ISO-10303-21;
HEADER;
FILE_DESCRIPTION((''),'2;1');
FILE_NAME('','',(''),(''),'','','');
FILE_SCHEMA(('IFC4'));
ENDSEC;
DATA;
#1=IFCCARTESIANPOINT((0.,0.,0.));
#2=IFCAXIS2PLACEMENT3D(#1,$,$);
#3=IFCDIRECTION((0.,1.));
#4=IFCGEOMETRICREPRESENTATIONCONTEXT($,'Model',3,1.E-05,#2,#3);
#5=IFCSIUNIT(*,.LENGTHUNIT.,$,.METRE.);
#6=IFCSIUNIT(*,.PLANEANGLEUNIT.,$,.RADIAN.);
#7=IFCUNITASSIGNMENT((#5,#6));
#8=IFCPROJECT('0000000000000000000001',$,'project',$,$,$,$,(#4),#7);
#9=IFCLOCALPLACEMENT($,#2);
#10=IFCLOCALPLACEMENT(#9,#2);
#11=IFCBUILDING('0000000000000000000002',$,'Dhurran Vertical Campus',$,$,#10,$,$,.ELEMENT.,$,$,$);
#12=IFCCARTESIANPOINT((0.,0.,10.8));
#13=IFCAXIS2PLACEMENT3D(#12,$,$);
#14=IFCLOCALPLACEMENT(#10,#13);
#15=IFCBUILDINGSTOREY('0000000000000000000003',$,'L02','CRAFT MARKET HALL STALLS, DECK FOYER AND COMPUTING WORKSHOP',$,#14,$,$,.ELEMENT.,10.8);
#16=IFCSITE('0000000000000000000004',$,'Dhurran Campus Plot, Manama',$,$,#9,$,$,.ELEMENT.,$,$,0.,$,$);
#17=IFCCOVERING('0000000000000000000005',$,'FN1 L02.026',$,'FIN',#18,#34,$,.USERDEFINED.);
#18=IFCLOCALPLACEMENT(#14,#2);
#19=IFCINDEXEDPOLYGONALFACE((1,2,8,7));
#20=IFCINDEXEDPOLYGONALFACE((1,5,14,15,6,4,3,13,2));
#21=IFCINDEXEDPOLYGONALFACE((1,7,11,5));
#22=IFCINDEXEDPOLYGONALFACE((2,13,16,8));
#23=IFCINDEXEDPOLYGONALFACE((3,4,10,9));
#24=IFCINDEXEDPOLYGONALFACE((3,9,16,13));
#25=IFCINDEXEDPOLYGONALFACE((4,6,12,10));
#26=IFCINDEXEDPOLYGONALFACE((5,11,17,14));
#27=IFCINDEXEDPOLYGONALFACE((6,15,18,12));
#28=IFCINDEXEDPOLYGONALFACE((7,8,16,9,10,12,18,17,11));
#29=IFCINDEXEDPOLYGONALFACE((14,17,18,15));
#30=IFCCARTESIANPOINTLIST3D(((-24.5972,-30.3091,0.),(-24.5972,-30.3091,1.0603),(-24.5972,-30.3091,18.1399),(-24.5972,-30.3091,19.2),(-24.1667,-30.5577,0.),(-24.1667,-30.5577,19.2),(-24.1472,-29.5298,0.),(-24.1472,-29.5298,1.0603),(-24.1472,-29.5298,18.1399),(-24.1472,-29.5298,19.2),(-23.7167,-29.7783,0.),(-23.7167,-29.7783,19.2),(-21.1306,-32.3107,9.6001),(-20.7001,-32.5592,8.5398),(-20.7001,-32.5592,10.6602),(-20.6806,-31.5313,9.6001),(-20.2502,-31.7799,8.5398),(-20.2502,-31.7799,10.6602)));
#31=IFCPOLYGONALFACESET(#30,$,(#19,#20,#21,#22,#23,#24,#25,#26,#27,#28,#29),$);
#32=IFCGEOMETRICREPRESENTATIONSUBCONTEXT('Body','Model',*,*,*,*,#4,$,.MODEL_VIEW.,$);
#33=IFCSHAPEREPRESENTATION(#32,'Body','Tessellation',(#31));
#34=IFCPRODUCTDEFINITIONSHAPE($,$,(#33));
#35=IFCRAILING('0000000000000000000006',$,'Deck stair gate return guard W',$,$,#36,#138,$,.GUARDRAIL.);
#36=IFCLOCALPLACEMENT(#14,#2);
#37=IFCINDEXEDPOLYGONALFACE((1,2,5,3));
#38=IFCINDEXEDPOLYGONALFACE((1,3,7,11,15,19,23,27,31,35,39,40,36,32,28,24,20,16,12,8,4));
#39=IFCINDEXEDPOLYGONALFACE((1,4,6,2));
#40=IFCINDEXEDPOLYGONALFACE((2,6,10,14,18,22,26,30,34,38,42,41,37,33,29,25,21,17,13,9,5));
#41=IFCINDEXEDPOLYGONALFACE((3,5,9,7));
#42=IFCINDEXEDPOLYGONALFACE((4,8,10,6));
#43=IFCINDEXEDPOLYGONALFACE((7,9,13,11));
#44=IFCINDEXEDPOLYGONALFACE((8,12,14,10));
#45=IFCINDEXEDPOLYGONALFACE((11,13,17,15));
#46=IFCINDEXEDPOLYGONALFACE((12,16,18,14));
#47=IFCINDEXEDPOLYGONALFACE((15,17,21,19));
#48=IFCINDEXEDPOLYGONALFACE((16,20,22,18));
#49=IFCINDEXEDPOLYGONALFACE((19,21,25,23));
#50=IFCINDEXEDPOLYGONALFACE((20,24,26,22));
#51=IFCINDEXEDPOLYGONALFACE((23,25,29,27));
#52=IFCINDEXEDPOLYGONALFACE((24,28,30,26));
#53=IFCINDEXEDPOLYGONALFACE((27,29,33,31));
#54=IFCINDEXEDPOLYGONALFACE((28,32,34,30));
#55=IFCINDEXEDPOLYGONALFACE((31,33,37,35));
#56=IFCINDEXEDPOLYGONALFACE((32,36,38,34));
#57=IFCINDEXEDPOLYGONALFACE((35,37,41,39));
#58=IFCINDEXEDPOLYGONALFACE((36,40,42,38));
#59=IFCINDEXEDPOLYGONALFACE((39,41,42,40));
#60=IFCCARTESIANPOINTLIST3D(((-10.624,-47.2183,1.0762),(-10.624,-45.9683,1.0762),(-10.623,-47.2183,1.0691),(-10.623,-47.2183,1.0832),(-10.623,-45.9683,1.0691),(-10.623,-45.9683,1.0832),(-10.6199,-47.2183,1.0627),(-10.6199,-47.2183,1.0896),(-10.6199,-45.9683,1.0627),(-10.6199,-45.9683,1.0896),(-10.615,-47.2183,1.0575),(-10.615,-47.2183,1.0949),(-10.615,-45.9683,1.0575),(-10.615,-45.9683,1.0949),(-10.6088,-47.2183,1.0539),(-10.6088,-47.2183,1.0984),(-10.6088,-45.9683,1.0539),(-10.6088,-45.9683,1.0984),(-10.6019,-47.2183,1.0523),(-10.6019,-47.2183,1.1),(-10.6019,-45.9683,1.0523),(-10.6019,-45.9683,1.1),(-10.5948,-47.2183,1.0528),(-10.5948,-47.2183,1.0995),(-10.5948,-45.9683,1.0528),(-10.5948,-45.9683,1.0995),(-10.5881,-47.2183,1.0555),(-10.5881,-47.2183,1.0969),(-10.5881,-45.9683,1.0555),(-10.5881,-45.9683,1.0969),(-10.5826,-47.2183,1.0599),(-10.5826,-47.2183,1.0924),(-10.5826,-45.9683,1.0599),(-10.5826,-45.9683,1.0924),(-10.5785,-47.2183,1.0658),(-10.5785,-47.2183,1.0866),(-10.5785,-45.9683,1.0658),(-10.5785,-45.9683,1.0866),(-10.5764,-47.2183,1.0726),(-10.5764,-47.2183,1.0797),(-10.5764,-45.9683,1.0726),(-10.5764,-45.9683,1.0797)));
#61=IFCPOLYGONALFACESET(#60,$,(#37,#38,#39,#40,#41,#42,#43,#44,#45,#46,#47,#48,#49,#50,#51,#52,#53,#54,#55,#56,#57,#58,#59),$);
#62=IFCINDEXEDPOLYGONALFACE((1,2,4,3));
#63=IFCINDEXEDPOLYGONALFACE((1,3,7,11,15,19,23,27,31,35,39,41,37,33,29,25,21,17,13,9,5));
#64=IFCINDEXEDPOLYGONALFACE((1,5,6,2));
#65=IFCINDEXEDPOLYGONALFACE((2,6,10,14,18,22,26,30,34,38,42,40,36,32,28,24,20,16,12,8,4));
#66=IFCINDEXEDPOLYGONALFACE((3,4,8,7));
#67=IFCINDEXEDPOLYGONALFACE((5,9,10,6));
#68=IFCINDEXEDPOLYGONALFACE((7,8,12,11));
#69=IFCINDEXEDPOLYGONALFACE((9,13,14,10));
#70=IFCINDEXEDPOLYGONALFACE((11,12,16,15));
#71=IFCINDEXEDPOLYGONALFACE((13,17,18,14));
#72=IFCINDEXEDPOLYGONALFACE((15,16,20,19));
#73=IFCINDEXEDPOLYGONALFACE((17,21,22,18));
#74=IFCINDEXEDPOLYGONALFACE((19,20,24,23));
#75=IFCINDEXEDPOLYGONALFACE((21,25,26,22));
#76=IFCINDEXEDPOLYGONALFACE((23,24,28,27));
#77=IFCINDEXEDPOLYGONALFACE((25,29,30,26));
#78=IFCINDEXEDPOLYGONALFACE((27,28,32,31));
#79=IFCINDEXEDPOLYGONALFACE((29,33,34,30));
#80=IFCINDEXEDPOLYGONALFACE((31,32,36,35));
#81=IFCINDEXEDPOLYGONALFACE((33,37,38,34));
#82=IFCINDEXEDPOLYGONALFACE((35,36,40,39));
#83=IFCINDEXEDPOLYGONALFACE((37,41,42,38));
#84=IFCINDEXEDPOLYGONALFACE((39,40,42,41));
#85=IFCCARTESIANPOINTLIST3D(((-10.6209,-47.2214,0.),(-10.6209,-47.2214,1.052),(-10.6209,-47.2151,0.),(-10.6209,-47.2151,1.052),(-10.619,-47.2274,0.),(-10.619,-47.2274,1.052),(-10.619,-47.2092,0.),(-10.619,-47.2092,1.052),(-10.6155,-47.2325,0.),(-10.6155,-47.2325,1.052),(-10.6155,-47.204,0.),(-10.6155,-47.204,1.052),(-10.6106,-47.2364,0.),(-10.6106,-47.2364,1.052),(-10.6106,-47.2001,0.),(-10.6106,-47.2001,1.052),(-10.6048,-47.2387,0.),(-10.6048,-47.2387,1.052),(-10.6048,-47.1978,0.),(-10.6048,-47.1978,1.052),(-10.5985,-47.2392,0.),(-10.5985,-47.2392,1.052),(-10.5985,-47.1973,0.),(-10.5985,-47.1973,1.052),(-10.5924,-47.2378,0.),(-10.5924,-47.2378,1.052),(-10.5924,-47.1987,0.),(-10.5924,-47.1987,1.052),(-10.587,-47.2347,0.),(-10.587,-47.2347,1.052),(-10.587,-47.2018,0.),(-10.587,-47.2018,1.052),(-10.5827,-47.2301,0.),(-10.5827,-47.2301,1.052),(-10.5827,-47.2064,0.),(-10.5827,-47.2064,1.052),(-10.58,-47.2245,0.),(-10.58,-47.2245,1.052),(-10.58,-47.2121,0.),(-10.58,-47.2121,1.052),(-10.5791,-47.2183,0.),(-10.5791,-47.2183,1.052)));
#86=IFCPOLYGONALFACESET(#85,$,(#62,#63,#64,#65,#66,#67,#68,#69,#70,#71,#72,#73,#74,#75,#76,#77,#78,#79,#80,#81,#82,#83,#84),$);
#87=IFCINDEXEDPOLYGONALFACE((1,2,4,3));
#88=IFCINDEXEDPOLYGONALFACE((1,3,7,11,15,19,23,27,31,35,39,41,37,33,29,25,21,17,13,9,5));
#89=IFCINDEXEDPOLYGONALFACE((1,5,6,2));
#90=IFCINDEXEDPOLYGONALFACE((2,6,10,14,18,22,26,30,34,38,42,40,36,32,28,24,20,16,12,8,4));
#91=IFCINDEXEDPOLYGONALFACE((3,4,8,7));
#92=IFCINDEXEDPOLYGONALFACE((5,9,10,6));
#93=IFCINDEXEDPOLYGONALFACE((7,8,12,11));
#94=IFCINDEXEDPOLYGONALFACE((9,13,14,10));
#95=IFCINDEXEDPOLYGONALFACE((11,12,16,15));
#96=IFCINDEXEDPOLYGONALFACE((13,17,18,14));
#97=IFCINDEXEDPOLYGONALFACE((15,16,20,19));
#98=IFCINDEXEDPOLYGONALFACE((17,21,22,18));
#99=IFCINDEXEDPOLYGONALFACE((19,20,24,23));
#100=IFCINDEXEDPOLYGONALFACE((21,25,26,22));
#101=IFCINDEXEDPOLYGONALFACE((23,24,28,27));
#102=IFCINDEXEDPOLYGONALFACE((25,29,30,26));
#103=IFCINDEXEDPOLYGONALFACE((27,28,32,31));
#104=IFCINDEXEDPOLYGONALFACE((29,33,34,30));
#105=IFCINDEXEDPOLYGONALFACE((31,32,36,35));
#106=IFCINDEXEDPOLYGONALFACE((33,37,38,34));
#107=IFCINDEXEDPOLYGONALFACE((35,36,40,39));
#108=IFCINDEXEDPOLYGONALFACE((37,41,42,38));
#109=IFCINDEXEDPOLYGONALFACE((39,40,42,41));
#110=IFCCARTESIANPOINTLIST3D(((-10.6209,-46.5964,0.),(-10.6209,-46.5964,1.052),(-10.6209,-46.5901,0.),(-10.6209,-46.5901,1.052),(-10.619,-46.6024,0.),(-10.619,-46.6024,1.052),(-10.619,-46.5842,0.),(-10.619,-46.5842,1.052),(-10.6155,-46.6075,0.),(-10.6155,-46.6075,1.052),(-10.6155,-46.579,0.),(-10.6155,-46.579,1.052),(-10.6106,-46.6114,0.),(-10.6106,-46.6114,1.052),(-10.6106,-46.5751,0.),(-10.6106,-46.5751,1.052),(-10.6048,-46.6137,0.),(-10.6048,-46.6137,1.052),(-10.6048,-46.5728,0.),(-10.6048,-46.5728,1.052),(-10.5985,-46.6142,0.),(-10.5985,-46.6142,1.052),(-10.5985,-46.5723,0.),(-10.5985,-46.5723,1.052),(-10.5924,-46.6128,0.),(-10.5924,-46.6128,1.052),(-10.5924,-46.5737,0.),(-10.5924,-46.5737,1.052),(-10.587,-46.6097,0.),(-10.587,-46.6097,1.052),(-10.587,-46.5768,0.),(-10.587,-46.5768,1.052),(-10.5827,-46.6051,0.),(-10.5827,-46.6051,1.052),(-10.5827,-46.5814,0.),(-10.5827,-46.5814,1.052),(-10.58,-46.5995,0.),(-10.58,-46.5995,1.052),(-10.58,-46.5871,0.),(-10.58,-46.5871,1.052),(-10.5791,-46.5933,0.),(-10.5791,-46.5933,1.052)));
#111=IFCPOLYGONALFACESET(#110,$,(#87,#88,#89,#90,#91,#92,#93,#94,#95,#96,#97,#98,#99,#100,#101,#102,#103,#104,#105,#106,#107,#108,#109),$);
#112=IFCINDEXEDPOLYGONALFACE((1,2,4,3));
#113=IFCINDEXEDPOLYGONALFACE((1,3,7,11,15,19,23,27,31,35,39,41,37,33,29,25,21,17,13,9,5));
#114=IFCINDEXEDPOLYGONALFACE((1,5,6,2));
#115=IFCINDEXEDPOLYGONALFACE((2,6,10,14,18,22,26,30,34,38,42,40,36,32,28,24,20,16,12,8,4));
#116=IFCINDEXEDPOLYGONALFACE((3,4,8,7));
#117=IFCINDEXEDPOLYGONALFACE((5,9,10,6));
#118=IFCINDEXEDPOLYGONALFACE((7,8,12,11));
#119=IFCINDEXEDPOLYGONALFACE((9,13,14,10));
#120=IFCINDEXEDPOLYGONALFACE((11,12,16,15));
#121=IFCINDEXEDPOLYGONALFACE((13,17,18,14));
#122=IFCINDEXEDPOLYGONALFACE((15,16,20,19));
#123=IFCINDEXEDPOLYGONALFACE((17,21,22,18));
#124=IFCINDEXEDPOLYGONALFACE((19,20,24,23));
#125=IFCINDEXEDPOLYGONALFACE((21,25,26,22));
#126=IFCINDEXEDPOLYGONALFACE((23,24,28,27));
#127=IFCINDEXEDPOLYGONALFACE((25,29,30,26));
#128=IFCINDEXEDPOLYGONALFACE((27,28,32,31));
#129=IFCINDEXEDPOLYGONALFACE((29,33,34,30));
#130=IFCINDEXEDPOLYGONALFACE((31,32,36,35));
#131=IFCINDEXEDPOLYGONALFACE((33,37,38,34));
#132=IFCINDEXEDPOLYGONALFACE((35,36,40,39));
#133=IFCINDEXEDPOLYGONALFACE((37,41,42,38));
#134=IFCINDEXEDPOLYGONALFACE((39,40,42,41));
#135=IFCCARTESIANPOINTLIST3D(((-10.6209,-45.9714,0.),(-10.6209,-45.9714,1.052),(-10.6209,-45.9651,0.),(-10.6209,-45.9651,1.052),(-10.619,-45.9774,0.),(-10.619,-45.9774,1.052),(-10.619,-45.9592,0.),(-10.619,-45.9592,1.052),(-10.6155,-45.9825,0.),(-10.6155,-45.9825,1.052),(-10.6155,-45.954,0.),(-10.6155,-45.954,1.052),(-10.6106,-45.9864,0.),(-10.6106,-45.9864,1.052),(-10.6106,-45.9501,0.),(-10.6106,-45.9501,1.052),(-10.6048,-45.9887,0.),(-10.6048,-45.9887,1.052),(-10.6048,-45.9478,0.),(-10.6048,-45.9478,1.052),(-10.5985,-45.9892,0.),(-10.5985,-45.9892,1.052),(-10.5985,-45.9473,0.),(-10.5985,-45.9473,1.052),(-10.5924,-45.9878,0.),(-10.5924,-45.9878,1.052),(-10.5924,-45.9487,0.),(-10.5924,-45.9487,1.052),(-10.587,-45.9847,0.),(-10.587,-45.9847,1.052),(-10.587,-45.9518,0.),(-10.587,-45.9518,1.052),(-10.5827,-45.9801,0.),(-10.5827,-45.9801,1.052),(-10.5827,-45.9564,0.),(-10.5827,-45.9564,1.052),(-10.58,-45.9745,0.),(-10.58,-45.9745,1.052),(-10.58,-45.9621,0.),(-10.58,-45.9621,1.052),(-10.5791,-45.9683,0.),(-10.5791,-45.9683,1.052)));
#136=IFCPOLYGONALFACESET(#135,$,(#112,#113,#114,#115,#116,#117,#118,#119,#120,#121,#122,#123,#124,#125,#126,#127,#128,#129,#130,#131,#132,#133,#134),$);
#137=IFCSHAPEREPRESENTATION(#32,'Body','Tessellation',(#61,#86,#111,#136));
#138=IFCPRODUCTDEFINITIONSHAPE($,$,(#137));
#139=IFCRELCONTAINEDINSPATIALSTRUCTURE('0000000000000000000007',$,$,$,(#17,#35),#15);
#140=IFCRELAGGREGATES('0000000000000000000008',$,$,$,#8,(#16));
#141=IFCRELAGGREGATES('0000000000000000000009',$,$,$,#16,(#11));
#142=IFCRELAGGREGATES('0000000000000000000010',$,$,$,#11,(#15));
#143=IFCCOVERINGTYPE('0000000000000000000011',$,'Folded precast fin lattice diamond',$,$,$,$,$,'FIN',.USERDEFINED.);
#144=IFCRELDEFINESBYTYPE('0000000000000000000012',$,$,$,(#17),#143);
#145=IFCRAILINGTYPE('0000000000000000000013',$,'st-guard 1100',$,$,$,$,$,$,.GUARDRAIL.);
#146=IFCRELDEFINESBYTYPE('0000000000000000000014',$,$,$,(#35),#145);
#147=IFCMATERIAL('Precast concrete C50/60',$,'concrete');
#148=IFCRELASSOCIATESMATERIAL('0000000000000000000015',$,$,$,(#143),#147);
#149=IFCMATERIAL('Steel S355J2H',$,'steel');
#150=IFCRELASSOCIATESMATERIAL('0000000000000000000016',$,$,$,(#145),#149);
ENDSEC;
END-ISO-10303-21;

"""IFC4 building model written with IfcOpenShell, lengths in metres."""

from ifc_helpers import new_model, si_unit, direction, frame, origin, origin_2d, place, context, subcontext, project, spatial, polyline, circle, outline, extrude, material, type_object, element, save


model = new_model("IFC4")

# Units and contexts
model_context = context("Model", 3, precision=1e-05, world=origin(), true_north=direction((0.0, 1.0)))
body_context = subcontext(model_context, "Body", "Model", "MODEL_VIEW")
ifc_project = project(units=[si_unit("LENGTHUNIT", "METRE"), si_unit("PLANEANGLEUNIT", "RADIAN")], contexts=[model_context])

# Site, building, storey
site_placement = place(None, origin())
site = spatial("IfcSite", under=ifc_project, at=site_placement, Name="Dhurran Campus Plot, Manama", CompositionType="ELEMENT", RefElevation=0.0)
building_placement = place(site_placement, origin())
building = spatial("IfcBuilding", under=site, at=building_placement, Name="Dhurran Vertical Campus", CompositionType="ELEMENT")
storey_placement = place(building_placement, frame((0.0, 0.0, 10.8)))
storey = spatial("IfcBuildingStorey", under=building, at=storey_placement, Name="L02", Description="CRAFT MARKET HALL STALLS, DECK FOYER AND COMPUTING WORKSHOP", CompositionType="ELEMENT", Elevation=10.8)

# Covering
ifc_material_1 = material(Name="Precast concrete C50/60", Category="concrete")
covering_type = type_object("IfcCoveringType", Name="Folded precast fin lattice diamond", ElementType="FIN", PredefinedType="USERDEFINED", material=ifc_material_1)
covering_placement = place(storey_placement, frame((-24.1472, -29.5298, 0.0), z_axis=(-0.50002, -0.866014, 0.0), x_axis=(0.866014, -0.50002, 0.0)))
element("IfcCovering", 1, at=covering_placement, inside=storey, type_object=covering_type, Name="FN1 L02.026", ObjectType="FIN", PredefinedType="USERDEFINED", context=body_context, shape_type="SweptSolid", body=[
    extrude(outline(polyline([(4.5, 8.5398), (0.4971, 0.0), (0.0, 0.0), (0.0, 1.0603), (4.0029, 9.6001), (0.0, 18.1399), (0.0, 19.2), (0.4971, 19.2), (4.5, 10.6602), (4.5, 8.5398)])), origin(), (0.0, 0.0, 1.0), 0.8999),
])

# Railing
ifc_material_2 = material(Name="Steel S355J2H", Category="steel")
railing_type = type_object("IfcRailingType", Name="st-guard 1100", PredefinedType="GUARDRAIL", material=ifc_material_2)
railing_1_placement = place(storey_placement, frame((-10.6001, -47.2183, 0.0)))
element("IfcRailing", 2, at=railing_1_placement, inside=storey, type_object=railing_type, Name="Deck stair gate return guard W", PredefinedType="GUARDRAIL", context=body_context, shape_type="SweptSolid", body=[
    extrude(circle(Radius=0.0239, at=origin_2d()), frame((0.0, 0.0, 1.0762), z_axis=(0.0, 1.0, 0.0), x_axis=(-1.0, 0.0, 0.0)), (0.0, 0.0, 1.0), 1.25),
    extrude(circle(Radius=0.021, at=origin_2d()), origin(), (0.0, 0.0, 1.0), 1.052),
    extrude(circle(Radius=0.021, at=origin_2d()), frame((0.0, 0.625, 0.0)), (0.0, 0.0, 1.0), 1.052),
    extrude(circle(Radius=0.021, at=origin_2d()), frame((0.0, 1.25, 0.0)), (0.0, 0.0, 1.0), 1.052),
])

save(model, "model.ifc")
